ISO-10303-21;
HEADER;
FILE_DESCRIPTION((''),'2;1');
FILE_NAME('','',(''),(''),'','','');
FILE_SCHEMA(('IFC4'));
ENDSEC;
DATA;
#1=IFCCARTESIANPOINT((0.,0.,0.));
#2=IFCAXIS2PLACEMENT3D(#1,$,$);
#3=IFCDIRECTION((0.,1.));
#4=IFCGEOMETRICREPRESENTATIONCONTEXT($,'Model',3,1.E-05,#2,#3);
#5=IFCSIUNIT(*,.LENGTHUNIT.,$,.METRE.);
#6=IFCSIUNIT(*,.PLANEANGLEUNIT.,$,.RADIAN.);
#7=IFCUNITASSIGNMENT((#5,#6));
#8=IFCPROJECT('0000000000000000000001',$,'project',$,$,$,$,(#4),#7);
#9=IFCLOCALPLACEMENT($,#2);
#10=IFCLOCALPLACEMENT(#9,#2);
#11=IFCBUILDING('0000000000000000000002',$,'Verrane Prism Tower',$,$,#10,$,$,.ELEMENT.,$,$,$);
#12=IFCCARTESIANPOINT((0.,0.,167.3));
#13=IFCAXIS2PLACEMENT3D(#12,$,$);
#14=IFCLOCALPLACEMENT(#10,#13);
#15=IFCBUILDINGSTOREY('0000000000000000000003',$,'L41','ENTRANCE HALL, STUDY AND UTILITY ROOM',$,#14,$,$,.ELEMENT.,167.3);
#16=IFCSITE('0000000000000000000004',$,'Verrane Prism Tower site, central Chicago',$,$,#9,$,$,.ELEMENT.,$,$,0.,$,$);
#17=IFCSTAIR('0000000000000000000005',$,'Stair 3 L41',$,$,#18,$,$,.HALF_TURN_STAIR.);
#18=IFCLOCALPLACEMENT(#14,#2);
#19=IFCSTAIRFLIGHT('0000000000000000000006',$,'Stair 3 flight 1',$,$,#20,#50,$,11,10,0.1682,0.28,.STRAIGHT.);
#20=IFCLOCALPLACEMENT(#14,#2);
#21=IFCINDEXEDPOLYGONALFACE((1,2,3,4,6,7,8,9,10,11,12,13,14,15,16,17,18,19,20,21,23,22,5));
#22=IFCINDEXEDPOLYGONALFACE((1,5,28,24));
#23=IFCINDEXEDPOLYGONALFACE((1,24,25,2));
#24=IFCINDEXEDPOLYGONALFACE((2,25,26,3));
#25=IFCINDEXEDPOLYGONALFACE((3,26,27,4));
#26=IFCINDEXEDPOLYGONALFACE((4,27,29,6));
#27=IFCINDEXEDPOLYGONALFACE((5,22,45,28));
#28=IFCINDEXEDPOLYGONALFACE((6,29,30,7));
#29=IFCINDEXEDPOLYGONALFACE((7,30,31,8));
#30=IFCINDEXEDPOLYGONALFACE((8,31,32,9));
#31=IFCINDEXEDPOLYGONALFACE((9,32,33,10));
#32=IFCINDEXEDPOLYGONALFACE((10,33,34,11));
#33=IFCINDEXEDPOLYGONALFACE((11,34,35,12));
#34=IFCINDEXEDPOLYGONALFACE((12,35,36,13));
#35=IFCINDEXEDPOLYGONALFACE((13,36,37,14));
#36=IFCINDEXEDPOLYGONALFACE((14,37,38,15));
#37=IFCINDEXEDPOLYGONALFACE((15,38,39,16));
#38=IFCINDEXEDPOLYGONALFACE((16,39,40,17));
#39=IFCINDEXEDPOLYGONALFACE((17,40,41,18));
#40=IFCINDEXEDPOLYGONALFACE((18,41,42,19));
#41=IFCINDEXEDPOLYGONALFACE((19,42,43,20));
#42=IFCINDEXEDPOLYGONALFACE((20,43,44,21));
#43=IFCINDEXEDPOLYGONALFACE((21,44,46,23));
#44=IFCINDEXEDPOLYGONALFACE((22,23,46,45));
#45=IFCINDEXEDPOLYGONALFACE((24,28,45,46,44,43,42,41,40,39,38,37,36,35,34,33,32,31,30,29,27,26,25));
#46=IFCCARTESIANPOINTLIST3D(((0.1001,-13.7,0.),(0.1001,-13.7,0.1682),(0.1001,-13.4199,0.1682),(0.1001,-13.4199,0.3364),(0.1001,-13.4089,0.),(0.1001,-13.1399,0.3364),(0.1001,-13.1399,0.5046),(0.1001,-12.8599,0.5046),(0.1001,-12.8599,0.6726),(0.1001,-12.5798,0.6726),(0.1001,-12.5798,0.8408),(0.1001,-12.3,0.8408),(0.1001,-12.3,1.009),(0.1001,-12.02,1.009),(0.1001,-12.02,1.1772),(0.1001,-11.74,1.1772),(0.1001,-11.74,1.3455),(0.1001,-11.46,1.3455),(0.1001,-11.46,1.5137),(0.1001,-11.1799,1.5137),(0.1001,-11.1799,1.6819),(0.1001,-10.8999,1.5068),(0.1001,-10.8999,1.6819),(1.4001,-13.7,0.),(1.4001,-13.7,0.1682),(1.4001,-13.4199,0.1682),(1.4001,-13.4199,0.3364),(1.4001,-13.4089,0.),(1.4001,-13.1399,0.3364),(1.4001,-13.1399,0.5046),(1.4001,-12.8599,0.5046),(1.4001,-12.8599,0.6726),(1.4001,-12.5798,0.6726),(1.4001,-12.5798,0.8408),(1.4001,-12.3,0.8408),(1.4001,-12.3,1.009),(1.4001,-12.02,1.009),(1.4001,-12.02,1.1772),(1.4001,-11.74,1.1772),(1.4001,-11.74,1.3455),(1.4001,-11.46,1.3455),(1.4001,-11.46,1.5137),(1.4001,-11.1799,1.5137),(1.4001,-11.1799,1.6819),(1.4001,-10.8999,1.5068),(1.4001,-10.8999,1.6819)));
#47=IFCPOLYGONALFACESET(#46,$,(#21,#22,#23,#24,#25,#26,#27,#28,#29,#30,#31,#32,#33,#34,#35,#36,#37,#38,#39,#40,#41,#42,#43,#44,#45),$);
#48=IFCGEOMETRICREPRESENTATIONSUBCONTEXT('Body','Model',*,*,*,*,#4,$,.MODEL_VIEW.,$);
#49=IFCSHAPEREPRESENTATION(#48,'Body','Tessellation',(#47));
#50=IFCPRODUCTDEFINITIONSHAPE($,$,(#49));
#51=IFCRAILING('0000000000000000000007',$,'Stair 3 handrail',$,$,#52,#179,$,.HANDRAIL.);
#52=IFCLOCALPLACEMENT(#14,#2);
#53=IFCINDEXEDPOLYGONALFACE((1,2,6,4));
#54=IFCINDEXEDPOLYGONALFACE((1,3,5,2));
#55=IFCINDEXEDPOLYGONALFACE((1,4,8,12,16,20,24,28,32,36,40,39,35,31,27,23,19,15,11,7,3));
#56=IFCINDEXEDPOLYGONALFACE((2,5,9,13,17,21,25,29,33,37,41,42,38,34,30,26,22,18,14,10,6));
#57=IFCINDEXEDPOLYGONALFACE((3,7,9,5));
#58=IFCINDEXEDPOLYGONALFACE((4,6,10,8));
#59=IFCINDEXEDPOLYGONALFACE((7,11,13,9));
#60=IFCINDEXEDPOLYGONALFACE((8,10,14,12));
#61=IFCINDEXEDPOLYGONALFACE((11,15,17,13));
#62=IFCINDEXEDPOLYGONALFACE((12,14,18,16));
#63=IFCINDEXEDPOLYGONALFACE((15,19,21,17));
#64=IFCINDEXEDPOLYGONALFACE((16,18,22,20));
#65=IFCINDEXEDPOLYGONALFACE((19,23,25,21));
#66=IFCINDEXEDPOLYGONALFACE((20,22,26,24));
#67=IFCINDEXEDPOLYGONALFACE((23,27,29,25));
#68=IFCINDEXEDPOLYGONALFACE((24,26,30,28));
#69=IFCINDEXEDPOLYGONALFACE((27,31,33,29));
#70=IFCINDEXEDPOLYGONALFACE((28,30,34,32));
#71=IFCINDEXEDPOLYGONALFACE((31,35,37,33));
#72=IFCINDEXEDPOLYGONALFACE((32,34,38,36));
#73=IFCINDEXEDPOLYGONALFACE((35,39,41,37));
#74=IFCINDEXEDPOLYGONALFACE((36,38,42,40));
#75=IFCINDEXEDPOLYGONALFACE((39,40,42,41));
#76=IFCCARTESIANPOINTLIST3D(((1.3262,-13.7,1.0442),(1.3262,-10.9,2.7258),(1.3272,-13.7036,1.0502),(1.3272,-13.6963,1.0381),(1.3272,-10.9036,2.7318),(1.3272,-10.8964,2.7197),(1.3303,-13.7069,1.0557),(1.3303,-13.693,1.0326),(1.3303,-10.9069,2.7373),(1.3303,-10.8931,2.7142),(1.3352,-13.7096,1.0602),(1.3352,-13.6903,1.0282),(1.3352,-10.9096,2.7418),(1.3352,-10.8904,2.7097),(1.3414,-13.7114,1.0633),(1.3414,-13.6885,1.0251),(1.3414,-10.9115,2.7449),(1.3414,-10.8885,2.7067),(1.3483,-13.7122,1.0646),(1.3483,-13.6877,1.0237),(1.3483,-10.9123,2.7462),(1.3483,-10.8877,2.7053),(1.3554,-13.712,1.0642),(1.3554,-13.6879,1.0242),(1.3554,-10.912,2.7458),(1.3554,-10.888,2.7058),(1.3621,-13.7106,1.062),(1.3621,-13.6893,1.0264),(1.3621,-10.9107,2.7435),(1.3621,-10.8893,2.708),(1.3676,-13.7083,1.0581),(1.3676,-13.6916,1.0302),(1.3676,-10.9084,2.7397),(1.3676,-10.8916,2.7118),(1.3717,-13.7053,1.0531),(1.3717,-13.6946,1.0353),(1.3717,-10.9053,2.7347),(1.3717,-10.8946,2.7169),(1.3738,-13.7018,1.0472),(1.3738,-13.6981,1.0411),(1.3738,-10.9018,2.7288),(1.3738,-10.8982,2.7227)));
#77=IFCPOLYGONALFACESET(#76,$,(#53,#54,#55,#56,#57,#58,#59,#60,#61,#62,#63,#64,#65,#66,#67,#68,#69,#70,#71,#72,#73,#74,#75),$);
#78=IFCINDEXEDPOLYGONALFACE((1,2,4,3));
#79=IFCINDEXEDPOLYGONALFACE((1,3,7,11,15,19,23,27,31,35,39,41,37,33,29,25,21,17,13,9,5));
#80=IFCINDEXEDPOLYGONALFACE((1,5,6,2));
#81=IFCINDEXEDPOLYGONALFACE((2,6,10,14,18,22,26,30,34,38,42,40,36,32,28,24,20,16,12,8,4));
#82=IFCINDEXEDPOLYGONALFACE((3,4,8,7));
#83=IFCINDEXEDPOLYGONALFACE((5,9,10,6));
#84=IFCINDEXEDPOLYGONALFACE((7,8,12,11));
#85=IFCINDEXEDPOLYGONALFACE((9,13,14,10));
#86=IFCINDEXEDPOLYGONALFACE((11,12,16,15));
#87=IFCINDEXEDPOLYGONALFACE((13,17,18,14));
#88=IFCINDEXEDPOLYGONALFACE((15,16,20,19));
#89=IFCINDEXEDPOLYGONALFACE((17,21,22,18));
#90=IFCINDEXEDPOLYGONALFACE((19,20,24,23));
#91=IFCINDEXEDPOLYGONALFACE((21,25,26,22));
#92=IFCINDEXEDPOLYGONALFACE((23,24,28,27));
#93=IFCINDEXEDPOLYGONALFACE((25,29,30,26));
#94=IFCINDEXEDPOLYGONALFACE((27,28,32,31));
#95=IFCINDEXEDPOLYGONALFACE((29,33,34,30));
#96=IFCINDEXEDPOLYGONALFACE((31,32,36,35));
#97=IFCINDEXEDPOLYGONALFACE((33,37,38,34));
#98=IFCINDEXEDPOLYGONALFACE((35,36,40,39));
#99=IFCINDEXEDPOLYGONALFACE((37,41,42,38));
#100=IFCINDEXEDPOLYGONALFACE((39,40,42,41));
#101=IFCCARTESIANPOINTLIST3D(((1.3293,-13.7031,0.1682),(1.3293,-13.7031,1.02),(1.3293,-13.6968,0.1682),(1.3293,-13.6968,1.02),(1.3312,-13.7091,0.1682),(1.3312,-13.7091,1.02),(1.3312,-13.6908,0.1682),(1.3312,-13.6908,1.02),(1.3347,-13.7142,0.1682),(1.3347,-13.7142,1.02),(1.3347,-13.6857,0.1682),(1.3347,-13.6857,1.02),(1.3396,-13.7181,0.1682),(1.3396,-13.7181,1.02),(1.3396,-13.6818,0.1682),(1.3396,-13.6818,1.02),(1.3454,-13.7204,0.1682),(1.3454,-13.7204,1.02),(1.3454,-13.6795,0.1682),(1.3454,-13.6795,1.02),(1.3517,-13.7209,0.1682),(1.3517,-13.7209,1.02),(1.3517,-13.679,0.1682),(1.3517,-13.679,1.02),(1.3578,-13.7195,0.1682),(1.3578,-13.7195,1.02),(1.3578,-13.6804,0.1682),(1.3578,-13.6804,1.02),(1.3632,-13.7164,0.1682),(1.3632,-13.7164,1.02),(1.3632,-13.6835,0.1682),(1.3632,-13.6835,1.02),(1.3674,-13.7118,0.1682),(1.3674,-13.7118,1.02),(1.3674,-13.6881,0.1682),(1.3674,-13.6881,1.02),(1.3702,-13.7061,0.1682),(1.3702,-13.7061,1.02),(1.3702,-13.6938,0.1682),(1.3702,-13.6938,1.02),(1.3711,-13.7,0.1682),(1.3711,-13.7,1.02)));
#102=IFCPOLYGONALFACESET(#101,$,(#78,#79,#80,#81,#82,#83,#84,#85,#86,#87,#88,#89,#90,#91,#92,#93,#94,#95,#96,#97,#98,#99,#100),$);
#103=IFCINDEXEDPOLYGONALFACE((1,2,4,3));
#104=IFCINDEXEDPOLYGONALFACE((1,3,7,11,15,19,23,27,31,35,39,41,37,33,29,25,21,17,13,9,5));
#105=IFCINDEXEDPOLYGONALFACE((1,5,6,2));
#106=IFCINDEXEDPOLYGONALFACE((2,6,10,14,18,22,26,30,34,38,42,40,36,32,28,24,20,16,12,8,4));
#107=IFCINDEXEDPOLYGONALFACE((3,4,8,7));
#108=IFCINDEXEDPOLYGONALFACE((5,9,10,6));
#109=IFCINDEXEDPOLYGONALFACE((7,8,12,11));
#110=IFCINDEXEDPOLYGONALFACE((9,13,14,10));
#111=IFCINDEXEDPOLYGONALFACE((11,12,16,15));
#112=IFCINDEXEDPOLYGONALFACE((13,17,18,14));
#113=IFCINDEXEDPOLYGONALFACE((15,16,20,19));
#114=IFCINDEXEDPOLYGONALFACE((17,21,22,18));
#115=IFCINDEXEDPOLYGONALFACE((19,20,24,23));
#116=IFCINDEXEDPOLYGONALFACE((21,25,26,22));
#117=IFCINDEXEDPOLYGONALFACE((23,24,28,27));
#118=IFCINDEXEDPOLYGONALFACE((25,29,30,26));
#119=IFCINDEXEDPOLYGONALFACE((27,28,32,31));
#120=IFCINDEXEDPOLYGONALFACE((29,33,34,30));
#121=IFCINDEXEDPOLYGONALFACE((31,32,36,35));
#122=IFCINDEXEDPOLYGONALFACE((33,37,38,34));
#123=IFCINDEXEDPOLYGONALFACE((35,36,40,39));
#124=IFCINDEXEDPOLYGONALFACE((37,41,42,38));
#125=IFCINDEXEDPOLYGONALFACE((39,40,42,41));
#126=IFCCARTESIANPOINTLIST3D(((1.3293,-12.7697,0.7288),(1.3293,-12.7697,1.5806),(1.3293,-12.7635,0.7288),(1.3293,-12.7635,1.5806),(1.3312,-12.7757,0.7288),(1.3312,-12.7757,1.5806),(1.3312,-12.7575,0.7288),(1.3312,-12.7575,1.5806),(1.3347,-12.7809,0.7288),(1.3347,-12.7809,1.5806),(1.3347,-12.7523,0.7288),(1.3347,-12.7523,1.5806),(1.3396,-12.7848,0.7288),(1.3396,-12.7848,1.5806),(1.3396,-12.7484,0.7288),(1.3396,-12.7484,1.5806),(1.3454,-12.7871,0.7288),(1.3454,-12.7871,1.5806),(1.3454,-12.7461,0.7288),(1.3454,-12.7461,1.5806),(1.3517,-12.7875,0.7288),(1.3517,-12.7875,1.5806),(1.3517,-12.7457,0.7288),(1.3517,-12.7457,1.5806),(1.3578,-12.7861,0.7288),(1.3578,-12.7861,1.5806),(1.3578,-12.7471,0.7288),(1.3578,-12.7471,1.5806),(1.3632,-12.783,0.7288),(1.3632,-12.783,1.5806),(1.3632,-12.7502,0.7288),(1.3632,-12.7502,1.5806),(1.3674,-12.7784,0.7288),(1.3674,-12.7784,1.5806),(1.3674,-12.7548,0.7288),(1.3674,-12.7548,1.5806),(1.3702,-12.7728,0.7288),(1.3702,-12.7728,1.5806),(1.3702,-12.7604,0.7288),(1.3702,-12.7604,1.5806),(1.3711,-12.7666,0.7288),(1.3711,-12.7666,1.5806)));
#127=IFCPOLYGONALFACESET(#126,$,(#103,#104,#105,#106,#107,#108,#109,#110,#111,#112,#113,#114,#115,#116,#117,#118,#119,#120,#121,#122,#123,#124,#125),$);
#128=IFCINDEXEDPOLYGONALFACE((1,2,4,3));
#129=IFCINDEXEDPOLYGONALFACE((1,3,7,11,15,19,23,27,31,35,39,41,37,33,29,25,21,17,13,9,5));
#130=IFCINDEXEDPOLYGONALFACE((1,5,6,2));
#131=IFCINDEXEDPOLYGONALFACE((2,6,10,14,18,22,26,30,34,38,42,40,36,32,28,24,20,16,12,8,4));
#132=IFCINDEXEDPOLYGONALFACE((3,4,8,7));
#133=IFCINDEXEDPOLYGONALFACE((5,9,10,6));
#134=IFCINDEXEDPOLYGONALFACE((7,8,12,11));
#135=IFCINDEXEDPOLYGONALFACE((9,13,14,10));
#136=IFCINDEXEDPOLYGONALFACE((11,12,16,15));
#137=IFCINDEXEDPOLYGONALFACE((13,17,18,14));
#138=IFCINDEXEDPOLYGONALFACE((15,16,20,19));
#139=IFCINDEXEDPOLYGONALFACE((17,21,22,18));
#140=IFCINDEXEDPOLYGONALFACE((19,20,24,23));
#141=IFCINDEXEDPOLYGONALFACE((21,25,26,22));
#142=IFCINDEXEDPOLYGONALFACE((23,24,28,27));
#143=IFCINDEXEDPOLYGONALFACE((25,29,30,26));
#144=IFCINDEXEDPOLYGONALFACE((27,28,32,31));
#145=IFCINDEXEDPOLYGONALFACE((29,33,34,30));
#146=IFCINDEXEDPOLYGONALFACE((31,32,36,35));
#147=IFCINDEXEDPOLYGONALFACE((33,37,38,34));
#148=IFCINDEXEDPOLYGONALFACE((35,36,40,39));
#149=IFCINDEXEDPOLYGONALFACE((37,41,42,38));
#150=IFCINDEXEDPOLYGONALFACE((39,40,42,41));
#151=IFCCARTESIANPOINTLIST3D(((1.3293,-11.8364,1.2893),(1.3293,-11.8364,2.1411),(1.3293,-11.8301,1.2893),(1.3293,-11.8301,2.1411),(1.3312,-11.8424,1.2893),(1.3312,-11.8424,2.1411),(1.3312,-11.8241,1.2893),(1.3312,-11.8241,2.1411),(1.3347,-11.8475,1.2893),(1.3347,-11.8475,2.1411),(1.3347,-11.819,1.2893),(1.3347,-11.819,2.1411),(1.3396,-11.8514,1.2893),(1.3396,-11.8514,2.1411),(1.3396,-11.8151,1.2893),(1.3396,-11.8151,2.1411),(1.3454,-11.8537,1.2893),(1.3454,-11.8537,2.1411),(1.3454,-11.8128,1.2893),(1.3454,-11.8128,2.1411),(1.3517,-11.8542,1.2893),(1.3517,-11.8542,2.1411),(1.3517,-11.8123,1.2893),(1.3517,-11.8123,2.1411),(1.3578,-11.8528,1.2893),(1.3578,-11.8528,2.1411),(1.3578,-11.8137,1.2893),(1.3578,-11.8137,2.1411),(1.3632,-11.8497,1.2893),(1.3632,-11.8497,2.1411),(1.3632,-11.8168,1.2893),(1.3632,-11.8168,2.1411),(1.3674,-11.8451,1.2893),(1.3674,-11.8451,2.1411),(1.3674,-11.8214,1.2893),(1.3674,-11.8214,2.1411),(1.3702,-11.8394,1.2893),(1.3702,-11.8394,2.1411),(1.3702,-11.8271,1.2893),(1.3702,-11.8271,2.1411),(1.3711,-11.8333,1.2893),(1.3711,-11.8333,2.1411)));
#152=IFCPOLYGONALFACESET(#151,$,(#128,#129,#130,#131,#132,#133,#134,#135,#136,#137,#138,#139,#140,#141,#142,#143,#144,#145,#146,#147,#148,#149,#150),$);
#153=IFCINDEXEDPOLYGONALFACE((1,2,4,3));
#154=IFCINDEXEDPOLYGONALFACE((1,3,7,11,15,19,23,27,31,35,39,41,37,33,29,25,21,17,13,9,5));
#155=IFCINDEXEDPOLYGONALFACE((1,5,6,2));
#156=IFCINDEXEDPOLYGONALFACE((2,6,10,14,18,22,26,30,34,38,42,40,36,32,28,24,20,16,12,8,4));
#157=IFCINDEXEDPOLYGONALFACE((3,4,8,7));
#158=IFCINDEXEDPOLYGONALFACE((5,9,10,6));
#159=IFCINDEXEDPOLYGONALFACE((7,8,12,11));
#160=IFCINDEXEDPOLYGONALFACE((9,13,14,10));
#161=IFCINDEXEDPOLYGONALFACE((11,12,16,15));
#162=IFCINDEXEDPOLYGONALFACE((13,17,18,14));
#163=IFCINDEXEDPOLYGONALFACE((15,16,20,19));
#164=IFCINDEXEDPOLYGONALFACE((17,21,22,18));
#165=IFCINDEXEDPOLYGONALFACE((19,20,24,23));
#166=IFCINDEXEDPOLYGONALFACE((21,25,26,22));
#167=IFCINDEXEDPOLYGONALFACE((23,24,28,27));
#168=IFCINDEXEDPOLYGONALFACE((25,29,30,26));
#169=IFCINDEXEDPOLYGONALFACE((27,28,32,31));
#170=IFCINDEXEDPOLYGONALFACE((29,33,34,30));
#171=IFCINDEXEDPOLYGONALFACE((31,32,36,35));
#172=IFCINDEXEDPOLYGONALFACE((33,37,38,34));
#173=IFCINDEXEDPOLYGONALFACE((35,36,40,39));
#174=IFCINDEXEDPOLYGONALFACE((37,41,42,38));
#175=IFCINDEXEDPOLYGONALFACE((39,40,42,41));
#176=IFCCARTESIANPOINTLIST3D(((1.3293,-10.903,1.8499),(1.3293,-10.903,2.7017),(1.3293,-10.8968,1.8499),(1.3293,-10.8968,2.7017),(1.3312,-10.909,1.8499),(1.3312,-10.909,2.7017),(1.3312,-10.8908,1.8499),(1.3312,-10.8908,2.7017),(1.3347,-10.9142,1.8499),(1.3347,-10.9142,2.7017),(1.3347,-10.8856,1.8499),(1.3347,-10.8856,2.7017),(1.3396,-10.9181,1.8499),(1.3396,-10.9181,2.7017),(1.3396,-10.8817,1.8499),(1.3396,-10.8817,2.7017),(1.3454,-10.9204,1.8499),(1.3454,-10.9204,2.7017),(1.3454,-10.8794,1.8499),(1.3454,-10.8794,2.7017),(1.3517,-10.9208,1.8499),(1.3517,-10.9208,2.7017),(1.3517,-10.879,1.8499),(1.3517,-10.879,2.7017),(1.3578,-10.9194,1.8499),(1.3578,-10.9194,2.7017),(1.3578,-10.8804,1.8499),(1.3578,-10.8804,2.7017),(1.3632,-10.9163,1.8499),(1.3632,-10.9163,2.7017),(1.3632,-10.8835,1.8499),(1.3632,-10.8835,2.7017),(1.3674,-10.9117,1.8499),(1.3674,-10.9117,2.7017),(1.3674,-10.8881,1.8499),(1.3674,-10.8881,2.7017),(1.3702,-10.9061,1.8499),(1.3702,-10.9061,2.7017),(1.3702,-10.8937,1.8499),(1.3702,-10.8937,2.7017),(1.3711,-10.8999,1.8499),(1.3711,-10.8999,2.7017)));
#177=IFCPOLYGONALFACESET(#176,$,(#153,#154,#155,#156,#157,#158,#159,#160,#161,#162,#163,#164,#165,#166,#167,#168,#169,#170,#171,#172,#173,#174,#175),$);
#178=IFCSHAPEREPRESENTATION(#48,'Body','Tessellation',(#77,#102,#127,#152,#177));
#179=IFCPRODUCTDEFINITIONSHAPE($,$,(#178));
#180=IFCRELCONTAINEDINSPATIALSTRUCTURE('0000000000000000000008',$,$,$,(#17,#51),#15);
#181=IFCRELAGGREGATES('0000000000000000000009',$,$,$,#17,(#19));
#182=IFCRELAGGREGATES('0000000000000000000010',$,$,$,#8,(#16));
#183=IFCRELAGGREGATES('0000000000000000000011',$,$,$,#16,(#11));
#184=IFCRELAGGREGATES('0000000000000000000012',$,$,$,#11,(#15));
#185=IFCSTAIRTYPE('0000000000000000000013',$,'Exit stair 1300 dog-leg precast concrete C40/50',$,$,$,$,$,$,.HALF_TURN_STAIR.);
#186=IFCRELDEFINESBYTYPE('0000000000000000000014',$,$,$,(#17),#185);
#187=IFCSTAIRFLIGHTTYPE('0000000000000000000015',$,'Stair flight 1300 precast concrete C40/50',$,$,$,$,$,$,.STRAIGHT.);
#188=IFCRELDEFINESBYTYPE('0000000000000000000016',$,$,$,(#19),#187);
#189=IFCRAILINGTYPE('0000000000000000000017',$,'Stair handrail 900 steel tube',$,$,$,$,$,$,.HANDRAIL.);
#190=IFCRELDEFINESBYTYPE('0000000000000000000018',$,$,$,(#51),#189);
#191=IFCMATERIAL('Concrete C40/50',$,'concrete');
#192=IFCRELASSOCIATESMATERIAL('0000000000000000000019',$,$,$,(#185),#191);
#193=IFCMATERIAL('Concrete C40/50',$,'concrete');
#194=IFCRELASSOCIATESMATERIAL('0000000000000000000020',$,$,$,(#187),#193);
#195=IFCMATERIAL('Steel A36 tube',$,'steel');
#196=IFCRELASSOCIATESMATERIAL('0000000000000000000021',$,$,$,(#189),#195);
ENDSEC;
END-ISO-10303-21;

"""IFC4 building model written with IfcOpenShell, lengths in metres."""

from ifc_helpers import new_model, si_unit, direction, frame, origin, origin_2d, place, context, subcontext, project, spatial, polyline, circle, outline, extrude, material, type_object, element, aggregate, save


model = new_model("IFC4")

# Units and contexts
model_context = context("Model", 3, precision=1e-05, world=origin(), true_north=direction((0.0, 1.0)))
body_context = subcontext(model_context, "Body", "Model", "MODEL_VIEW")
ifc_project = project(units=[si_unit("LENGTHUNIT", "METRE"), si_unit("PLANEANGLEUNIT", "RADIAN")], contexts=[model_context])

# Site, building, storey
site_placement = place(None, origin())
site = spatial("IfcSite", under=ifc_project, at=site_placement, Name="Verrane Prism Tower site, central Chicago", CompositionType="ELEMENT", RefElevation=0.0)
building_placement = place(site_placement, origin())
building = spatial("IfcBuilding", under=site, at=building_placement, Name="Verrane Prism Tower", CompositionType="ELEMENT")
storey_placement = place(building_placement, frame((0.0, 0.0, 167.3)))
storey = spatial("IfcBuildingStorey", under=building, at=storey_placement, Name="L41", Description="ENTRANCE HALL, STUDY AND UTILITY ROOM", CompositionType="ELEMENT", Elevation=167.3)

# Stair, stair flight
ifc_material_1 = material(Name="Concrete C40/50", Category="concrete")
stair_type = type_object("IfcStairType", Name="Exit stair 1300 dog-leg precast concrete C40/50", PredefinedType="HALF_TURN_STAIR", material=ifc_material_1)
stair_placement = place(storey_placement, origin())
stair = element("IfcStair", 1, at=stair_placement, inside=storey, type_object=stair_type, Name="Stair 3 L41", PredefinedType="HALF_TURN_STAIR")
ifc_material_2 = material(Name="Concrete C40/50", Category="concrete")
stair_flight_type = type_object("IfcStairFlightType", Name="Stair flight 1300 precast concrete C40/50", PredefinedType="STRAIGHT", material=ifc_material_2)
stair_flight_placement = place(storey_placement, frame((0.75, -13.7, 0.0), z_axis=(0.0, 0.0, 1.0), x_axis=(0.0, 1.0, 0.0)))
stair_flight = element("IfcStairFlight", 2, at=stair_flight_placement, type_object=stair_flight_type, Name="Stair 3 flight 1", NumberOfRisers=11, NumberOfTreads=10, PredefinedType="STRAIGHT", RiserHeight=0.1682, TreadLength=0.28, context=body_context, shape_type="SweptSolid", body=[
    extrude(outline(polyline([(0.0, 0.0), (0.0, 0.1682), (0.28, 0.1682), (0.28, 0.3364), (0.5601, 0.3364), (0.5601, 0.5046), (0.8401, 0.5046), (0.8401, 0.6726), (1.1201, 0.6726), (1.1201, 0.8408), (1.3999, 0.8408), (1.3999, 1.009), (1.6799, 1.009), (1.6799, 1.1772), (1.96, 1.1772), (1.96, 1.3455), (2.24, 1.3455), (2.24, 1.5137), (2.52, 1.5137), (2.52, 1.6819), (2.8, 1.6819), (2.8, 1.8501), (2.8, 1.5068), (0.291, 0.0), (0.0, 0.0)])), frame((0.0, 0.6499, 0.0), z_axis=(0.0, -1.0, 0.0), x_axis=(1.0, 0.0, 0.0)), (0.0, 0.0, 1.0), 1.3),
])
aggregate(stair, [stair_flight])

# Railing
ifc_material_3 = material(Name="Steel A36 tube", Category="steel")
railing_type_1 = type_object("IfcRailingType", Name="Stair handrail 900 steel tube", PredefinedType="HANDRAIL", material=ifc_material_3)
railing_1_placement = place(storey_placement, frame((1.3501, -13.7, 0.1682)))
element("IfcRailing", 3, at=railing_1_placement, inside=storey, type_object=railing_type_1, Name="Stair 3 handrail", PredefinedType="HANDRAIL", context=body_context, shape_type="SweptSolid", body=[
    extrude(circle(Radius=0.0239, at=origin_2d()), frame((0.0, 0.0, 0.876), z_axis=(0.0, 0.857275, 0.514858), x_axis=(-1.0, 0.0, 0.0)), (0.0, 0.0, 1.0), 3.2661),
    extrude(circle(Radius=0.021, at=origin_2d()), origin(), (0.0, 0.0, 1.0), 0.8518),
    extrude(circle(Radius=0.021, at=origin_2d()), frame((0.0, 0.9333, 0.5605)), (0.0, 0.0, 1.0), 0.8518),
    extrude(circle(Radius=0.021, at=origin_2d()), frame((0.0, 1.8667, 1.1211)), (0.0, 0.0, 1.0), 0.8518),
    extrude(circle(Radius=0.021, at=origin_2d()), frame((0.0, 2.8, 1.6816)), (0.0, 0.0, 1.0), 0.8518),
])

save(model, "model.ifc")
